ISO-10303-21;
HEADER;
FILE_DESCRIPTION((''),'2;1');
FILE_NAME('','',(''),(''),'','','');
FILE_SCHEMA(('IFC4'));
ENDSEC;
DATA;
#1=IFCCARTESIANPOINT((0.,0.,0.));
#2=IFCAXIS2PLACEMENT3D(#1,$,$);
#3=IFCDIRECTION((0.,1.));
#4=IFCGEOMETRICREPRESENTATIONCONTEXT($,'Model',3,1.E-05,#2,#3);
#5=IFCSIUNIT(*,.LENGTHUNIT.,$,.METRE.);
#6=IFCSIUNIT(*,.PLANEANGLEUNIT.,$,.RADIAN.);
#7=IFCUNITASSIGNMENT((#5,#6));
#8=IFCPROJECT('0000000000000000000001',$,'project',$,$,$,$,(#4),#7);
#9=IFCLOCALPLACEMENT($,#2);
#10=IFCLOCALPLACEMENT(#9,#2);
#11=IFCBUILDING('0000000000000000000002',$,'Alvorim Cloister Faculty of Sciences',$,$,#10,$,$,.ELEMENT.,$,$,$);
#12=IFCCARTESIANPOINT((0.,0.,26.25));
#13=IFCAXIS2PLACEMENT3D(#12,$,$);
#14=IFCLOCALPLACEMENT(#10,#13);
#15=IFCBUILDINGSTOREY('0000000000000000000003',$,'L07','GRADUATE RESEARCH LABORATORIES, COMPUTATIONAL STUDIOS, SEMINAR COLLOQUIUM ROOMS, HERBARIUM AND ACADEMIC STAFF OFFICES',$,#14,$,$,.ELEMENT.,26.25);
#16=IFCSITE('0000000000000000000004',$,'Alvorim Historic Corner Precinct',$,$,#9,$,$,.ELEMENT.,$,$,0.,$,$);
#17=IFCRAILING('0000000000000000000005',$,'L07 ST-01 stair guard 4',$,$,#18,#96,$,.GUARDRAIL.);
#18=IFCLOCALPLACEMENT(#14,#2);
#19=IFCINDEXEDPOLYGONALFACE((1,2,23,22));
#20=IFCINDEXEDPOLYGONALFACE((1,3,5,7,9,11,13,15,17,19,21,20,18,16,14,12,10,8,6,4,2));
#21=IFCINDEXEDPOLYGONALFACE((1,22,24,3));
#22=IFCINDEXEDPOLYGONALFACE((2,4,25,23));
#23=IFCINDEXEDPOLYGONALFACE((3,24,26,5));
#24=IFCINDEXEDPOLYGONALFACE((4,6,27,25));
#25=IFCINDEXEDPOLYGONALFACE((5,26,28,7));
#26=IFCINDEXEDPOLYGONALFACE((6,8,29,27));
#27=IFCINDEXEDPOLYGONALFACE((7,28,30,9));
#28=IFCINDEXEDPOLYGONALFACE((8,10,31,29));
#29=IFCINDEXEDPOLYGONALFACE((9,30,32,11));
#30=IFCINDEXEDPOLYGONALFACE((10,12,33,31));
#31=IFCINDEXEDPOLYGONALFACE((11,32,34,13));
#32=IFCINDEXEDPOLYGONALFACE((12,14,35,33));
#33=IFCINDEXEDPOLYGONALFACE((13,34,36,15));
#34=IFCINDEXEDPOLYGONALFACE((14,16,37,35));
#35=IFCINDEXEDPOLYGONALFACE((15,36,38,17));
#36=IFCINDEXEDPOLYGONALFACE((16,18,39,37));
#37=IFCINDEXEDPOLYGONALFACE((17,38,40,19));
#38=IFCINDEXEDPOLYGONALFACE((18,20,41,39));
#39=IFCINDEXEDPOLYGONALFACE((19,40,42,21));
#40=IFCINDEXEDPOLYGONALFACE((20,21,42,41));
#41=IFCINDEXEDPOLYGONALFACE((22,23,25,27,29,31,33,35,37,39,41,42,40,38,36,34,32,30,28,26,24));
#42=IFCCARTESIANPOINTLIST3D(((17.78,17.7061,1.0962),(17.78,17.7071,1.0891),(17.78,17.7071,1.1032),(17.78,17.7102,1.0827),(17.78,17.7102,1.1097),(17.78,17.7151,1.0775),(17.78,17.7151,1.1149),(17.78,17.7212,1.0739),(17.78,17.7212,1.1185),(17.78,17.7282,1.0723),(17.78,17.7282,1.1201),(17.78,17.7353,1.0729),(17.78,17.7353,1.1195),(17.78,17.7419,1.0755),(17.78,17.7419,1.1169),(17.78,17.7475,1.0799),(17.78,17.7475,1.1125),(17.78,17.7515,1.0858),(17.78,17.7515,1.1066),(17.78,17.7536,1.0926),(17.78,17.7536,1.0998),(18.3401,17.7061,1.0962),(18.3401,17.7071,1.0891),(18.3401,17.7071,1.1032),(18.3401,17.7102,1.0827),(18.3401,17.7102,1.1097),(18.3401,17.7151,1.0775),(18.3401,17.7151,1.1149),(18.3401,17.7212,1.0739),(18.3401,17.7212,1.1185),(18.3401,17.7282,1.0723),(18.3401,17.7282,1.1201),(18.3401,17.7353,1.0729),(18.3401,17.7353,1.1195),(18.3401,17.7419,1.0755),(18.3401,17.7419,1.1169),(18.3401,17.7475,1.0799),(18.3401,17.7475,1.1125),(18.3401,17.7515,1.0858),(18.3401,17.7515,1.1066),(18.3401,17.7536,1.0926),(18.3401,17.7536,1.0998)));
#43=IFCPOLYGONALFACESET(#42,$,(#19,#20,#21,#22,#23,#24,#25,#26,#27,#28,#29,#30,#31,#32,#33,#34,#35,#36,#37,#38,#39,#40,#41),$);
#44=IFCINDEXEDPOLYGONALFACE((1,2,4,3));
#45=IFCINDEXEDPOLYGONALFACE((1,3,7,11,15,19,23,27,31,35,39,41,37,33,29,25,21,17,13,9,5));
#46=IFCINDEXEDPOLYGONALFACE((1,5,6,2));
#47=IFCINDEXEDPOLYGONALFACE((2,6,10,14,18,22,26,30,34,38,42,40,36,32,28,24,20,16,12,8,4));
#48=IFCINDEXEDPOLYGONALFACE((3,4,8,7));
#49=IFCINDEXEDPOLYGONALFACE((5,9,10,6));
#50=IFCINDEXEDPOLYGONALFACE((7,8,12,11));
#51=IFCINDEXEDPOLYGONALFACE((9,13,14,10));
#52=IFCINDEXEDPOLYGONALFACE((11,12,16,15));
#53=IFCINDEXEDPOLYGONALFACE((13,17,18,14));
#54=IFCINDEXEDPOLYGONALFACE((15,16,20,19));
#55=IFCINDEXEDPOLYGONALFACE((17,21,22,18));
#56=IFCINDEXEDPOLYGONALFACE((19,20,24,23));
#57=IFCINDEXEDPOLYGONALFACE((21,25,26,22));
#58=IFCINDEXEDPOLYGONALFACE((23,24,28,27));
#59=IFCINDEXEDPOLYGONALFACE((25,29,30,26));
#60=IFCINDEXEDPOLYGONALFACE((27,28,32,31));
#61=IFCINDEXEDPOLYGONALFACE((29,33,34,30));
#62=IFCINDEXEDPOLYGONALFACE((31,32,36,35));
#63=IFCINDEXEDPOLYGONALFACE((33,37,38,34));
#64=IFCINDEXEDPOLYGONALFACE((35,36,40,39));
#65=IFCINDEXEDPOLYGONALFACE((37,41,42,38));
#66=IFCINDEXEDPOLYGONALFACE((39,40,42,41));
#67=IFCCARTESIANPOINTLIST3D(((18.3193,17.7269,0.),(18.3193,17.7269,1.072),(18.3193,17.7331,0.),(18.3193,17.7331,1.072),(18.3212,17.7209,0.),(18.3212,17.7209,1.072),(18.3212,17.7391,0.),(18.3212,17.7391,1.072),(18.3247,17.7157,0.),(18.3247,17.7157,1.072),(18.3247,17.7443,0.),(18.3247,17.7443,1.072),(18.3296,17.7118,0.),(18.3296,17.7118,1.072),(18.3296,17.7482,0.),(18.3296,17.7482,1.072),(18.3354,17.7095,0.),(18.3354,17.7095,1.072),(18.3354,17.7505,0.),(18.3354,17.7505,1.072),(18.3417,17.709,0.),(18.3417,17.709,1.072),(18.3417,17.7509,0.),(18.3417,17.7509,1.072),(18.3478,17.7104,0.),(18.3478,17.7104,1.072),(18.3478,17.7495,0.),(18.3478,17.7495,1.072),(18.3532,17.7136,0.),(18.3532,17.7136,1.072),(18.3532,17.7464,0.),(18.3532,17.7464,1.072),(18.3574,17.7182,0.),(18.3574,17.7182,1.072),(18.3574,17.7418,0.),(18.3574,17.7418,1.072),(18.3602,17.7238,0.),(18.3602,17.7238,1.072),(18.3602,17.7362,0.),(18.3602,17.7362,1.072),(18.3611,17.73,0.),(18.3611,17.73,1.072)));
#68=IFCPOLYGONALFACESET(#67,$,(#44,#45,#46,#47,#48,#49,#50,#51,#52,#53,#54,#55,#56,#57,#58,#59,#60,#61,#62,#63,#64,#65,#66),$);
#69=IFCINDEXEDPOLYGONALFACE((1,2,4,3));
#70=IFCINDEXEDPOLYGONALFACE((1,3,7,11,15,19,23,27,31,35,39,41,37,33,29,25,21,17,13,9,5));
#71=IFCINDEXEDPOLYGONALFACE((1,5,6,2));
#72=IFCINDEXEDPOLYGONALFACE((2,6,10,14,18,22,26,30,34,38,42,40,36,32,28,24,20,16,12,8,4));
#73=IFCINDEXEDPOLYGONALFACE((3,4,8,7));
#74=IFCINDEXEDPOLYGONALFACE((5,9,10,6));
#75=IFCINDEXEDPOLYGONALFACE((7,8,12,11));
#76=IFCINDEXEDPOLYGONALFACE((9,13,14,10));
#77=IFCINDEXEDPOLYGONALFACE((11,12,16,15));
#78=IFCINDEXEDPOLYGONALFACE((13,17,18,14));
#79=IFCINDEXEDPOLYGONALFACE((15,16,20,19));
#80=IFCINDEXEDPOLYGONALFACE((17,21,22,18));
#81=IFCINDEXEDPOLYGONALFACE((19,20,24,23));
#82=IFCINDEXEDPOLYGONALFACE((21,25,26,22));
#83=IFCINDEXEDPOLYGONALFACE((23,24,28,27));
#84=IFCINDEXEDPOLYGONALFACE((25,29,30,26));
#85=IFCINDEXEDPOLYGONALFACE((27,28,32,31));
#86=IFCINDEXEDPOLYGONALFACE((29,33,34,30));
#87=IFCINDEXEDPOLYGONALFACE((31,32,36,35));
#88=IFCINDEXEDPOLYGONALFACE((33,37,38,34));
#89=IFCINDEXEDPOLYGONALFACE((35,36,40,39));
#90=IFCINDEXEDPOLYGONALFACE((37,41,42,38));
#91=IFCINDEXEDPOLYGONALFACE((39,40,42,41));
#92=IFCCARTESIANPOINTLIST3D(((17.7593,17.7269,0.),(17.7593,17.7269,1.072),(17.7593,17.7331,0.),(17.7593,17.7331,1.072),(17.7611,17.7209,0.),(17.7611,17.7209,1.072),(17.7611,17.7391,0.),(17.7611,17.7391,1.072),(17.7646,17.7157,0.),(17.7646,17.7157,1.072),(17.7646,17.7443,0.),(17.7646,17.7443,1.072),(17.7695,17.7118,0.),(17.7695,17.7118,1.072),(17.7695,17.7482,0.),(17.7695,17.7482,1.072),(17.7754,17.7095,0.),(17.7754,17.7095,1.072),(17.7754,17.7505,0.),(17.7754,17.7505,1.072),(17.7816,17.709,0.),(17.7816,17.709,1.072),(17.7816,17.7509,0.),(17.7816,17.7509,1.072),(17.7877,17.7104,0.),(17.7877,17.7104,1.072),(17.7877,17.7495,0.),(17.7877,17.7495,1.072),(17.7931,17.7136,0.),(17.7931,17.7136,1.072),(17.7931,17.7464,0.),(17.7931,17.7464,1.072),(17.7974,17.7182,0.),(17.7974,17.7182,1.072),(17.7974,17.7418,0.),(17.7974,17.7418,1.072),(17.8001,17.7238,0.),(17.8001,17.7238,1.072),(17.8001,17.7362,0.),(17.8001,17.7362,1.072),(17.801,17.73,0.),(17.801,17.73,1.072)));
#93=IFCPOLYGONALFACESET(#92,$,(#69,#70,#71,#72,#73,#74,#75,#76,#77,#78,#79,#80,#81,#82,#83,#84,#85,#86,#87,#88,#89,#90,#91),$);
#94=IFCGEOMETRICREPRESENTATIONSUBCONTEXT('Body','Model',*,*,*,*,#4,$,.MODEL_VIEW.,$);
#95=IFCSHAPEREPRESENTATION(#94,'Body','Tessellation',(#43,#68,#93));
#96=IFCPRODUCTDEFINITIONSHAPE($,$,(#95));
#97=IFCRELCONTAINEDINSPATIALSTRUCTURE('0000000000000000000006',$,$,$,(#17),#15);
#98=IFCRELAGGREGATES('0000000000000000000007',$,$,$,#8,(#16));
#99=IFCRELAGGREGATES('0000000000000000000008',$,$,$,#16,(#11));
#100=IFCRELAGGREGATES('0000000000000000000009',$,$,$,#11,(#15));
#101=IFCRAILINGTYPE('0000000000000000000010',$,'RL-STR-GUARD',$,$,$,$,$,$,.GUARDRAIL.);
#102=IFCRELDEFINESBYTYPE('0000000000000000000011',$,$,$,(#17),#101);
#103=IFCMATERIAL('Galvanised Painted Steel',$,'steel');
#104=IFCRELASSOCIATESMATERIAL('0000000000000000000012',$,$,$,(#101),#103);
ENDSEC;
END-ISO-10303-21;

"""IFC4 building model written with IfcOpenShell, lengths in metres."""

from ifc_helpers import new_model, si_unit, direction, frame, origin, origin_2d, place, context, subcontext, project, spatial, circle, extrude, material, type_object, element, save


model = new_model("IFC4")

# Units and contexts
model_context = context("Model", 3, precision=1e-05, world=origin(), true_north=direction((0.0, 1.0)))
body_context = subcontext(model_context, "Body", "Model", "MODEL_VIEW")
ifc_project = project(units=[si_unit("LENGTHUNIT", "METRE"), si_unit("PLANEANGLEUNIT", "RADIAN")], contexts=[model_context])

# Site, building, storey
site_placement = place(None, origin())
site = spatial("IfcSite", under=ifc_project, at=site_placement, Name="Alvorim Historic Corner Precinct", CompositionType="ELEMENT", RefElevation=0.0)
building_placement = place(site_placement, origin())
building = spatial("IfcBuilding", under=site, at=building_placement, Name="Alvorim Cloister Faculty of Sciences", CompositionType="ELEMENT")
storey_placement = place(building_placement, frame((0.0, 0.0, 26.25)))
storey = spatial("IfcBuildingStorey", under=building, at=storey_placement, Name="L07", Description="GRADUATE RESEARCH LABORATORIES, COMPUTATIONAL STUDIOS, SEMINAR COLLOQUIUM ROOMS, HERBARIUM AND ACADEMIC STAFF OFFICES", CompositionType="ELEMENT", Elevation=26.25)

# Railing
ifc_material_1 = material(Name="Galvanised Painted Steel", Category="steel")
railing_type_1 = type_object("IfcRailingType", Name="RL-STR-GUARD", PredefinedType="GUARDRAIL", material=ifc_material_1)
railing_1_placement = place(storey_placement, frame((18.3401, 17.73, 0.0)))
element("IfcRailing", 1, at=railing_1_placement, inside=storey, type_object=railing_type_1, Name="L07 ST-01 stair guard 4", PredefinedType="GUARDRAIL", context=body_context, shape_type="SweptSolid", body=[
    extrude(circle(Radius=0.0239, at=origin_2d()), frame((0.0, 0.0, 1.0962), z_axis=(-1.0, 0.0, 0.0), x_axis=(0.0, -1.0, 0.0)), (0.0, 0.0, 1.0), 0.5601),
    extrude(circle(Radius=0.021, at=origin_2d()), origin(), (0.0, 0.0, 1.0), 1.072),
    extrude(circle(Radius=0.021, at=origin_2d()), frame((-0.5601, 0.0, 0.0)), (0.0, 0.0, 1.0), 1.072),
])

save(model, "model.ifc")
